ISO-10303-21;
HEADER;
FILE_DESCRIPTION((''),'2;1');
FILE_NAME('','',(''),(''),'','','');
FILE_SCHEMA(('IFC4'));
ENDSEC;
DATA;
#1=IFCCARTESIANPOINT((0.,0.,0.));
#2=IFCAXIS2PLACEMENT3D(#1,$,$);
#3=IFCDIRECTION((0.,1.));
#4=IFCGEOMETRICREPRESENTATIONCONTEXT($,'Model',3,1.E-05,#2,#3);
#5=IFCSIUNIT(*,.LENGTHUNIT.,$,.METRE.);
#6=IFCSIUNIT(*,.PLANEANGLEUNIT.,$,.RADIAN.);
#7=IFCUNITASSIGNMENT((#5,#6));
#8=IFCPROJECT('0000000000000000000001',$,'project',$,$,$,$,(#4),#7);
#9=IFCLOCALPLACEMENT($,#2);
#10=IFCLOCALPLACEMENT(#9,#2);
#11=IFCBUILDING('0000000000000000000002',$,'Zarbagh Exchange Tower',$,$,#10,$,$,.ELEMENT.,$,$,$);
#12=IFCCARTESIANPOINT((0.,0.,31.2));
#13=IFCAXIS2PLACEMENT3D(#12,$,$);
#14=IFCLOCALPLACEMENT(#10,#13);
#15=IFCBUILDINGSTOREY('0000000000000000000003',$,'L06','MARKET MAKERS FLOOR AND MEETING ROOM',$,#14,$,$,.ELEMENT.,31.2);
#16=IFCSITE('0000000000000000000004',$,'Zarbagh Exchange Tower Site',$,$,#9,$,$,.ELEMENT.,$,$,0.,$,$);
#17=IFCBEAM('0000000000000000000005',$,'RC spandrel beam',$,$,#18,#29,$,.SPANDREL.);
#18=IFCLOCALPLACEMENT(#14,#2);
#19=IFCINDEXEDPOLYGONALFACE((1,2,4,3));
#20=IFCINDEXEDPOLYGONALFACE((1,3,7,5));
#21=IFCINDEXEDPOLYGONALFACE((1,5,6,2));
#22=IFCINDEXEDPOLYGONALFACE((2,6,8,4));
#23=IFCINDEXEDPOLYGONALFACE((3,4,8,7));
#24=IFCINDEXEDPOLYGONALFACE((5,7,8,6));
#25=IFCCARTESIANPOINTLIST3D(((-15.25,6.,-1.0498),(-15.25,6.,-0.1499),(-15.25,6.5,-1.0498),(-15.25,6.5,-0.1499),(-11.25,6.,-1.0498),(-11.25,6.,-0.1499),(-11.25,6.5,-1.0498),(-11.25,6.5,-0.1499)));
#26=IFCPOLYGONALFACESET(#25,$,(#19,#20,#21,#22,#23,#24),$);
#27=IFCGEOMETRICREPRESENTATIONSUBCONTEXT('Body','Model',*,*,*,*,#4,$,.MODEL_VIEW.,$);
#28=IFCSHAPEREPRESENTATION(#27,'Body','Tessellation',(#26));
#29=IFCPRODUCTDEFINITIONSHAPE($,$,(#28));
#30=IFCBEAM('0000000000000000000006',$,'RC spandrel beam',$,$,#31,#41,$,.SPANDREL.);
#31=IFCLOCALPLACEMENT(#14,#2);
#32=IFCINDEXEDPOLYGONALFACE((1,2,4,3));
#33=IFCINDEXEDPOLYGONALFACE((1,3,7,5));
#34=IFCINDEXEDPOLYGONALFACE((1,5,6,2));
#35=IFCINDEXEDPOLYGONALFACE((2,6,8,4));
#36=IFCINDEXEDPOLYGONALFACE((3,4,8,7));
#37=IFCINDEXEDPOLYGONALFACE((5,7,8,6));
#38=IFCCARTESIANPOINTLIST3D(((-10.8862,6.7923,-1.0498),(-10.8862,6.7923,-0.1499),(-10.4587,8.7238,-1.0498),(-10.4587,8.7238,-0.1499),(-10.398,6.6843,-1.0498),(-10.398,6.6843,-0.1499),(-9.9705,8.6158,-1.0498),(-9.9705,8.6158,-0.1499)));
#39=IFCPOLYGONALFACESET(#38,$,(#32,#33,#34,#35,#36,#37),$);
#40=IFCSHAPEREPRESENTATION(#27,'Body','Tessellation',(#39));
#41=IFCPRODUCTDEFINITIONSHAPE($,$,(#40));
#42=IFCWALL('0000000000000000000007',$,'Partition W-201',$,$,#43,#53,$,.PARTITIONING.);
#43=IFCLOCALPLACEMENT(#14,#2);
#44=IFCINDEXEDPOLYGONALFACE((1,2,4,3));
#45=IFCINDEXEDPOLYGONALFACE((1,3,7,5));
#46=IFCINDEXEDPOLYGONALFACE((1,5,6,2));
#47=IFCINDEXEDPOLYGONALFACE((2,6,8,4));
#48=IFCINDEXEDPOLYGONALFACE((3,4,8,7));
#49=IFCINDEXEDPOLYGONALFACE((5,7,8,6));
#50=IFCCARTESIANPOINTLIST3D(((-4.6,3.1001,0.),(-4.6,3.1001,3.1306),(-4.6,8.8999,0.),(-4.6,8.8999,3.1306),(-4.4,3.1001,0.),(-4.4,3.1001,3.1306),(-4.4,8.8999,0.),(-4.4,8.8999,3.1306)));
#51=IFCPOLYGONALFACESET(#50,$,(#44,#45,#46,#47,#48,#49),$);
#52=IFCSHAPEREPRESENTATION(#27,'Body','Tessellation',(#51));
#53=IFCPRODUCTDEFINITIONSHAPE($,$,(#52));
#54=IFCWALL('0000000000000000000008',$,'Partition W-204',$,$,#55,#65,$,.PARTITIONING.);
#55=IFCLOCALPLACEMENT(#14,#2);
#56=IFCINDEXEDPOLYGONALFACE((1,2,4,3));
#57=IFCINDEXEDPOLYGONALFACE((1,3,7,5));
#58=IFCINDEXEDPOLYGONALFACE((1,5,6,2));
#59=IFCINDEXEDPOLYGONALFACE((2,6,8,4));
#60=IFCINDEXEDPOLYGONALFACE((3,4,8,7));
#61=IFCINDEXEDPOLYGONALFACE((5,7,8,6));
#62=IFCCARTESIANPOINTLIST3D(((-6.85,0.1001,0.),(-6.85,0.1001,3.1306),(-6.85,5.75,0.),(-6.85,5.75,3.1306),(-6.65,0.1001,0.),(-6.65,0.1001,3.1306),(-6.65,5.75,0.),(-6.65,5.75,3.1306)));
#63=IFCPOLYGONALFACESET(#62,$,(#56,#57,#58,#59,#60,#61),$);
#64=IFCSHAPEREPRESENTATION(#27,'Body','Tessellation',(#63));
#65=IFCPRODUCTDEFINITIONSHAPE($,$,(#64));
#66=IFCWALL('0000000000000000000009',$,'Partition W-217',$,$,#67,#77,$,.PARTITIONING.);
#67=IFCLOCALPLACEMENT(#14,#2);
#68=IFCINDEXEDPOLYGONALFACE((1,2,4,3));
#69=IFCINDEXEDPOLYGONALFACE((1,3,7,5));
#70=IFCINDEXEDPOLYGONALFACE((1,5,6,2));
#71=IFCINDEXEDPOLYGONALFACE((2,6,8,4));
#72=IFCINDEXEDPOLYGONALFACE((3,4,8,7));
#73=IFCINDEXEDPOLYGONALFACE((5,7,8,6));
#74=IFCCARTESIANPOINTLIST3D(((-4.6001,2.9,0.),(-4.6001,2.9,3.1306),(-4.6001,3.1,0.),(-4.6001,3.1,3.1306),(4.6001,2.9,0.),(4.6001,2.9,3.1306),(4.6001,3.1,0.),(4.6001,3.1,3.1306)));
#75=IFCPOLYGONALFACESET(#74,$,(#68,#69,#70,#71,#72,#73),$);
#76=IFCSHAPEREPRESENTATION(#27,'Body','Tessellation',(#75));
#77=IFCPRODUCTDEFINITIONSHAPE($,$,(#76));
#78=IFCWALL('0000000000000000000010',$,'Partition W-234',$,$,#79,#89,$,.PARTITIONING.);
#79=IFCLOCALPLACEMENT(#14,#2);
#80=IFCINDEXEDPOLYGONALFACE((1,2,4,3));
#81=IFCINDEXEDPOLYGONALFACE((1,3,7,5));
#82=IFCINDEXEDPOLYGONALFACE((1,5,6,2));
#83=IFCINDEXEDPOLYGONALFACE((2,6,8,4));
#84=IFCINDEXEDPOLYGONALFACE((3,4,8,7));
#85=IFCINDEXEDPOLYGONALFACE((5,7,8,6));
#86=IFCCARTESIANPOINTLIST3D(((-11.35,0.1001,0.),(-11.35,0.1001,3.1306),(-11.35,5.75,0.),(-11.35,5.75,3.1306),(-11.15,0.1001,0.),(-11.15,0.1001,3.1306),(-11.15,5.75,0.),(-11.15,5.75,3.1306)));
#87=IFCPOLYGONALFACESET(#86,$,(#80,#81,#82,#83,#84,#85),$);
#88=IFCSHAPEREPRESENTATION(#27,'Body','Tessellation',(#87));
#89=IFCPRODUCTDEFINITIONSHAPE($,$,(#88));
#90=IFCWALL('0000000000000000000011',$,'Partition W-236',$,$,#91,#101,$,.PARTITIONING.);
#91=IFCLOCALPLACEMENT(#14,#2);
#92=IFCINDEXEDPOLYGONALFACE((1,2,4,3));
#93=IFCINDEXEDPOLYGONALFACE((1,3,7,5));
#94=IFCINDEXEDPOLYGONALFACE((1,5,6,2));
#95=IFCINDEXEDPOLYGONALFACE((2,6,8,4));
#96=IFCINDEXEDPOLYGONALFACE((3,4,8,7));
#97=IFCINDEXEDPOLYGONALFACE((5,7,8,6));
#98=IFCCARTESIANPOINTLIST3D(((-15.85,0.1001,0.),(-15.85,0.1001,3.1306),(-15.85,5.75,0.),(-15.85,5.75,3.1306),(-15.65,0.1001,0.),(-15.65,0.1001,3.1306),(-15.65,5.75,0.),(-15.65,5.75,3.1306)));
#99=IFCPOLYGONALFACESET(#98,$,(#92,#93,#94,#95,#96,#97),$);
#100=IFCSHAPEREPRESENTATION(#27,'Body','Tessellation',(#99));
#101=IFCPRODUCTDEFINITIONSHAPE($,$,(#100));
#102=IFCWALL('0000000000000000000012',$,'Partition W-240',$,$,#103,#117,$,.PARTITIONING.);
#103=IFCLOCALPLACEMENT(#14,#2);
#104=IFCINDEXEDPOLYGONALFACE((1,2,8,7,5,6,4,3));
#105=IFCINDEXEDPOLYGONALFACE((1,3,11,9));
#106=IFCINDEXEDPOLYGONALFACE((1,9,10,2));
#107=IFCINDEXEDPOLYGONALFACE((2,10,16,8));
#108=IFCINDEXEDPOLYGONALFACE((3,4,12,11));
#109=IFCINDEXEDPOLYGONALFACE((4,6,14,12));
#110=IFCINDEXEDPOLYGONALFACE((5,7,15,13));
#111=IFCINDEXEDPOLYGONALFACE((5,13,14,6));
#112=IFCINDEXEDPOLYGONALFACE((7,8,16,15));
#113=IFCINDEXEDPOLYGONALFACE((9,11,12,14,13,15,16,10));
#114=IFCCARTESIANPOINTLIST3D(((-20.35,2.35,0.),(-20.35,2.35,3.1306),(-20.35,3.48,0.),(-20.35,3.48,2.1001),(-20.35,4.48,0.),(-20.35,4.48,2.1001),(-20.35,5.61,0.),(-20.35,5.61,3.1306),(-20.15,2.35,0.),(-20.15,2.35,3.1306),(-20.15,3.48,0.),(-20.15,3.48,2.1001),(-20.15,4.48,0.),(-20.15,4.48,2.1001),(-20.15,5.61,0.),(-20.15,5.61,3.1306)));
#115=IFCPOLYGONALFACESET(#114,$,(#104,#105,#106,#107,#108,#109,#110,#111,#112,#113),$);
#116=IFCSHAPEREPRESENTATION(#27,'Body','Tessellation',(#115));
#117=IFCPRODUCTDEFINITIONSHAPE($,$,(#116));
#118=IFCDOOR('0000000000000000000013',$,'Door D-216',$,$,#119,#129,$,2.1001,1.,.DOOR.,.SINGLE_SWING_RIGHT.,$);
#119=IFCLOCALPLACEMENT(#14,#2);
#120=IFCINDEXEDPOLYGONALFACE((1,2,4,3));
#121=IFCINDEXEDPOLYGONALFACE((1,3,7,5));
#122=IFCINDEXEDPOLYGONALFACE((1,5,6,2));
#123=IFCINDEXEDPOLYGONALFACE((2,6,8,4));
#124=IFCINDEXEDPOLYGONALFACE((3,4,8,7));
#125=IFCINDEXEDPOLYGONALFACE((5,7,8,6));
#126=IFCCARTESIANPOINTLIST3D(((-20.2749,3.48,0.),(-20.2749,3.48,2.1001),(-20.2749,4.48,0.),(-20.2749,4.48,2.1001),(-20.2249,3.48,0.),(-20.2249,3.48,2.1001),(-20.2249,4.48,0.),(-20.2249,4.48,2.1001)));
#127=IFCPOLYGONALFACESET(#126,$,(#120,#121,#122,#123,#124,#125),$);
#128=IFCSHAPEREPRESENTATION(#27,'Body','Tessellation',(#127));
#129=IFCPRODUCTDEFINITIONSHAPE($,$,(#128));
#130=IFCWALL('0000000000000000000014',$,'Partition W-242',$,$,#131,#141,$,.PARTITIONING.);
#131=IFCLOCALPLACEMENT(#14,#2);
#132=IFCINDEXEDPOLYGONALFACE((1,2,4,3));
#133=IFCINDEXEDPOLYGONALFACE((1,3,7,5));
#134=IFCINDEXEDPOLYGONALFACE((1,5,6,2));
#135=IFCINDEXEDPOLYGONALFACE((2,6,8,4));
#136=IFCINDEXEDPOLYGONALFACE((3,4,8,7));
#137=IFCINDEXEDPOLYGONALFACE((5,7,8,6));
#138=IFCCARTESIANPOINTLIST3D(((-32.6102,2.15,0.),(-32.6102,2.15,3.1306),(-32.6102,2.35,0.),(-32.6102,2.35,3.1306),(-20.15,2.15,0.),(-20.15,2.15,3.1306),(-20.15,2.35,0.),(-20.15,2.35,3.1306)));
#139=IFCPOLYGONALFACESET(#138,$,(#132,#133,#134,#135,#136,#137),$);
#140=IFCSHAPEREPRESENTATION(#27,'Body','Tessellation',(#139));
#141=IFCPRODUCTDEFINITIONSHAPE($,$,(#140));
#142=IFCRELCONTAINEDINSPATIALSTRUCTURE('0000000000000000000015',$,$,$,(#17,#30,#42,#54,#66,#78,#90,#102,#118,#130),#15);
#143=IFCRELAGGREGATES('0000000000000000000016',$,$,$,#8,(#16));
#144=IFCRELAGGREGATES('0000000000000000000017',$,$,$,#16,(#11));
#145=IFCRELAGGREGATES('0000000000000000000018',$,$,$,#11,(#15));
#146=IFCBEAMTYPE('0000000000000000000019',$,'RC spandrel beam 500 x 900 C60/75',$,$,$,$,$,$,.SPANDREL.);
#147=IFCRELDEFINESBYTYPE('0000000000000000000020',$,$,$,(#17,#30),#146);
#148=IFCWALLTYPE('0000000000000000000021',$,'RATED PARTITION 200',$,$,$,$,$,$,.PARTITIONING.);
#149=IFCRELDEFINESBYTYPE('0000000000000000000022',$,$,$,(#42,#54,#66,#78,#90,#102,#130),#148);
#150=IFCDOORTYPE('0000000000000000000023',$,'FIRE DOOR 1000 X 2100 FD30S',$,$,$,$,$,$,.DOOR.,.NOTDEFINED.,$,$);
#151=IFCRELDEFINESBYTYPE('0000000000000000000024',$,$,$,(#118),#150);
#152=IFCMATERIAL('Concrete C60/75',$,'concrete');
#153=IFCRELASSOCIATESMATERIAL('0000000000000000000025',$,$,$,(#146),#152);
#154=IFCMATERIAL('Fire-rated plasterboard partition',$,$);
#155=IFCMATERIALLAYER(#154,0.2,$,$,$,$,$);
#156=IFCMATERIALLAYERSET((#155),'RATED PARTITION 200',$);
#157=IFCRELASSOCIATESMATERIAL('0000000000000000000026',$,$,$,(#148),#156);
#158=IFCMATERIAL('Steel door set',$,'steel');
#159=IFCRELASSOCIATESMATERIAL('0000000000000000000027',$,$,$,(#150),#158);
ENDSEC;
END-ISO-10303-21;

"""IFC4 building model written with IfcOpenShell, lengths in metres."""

from ifc_helpers import new_model, si_unit, direction, frame, frame_2d, origin, origin_2d, place, context, subcontext, project, spatial, rectangle, extrude, material, layer, layer_set, material_profile, profile_set, type_object, element, fill, save


model = new_model("IFC4")

# Units and contexts
model_context = context("Model", 3, precision=1e-05, world=origin(), true_north=direction((0.0, 1.0)))
body_context = subcontext(model_context, "Body", "Model", "MODEL_VIEW")
ifc_project = project(units=[si_unit("LENGTHUNIT", "METRE"), si_unit("PLANEANGLEUNIT", "RADIAN")], contexts=[model_context])

# Site, building, storey
site_placement = place(None, origin())
site = spatial("IfcSite", under=ifc_project, at=site_placement, Name="Zarbagh Exchange Tower Site", CompositionType="ELEMENT", RefElevation=0.0)
building_placement = place(site_placement, origin())
building = spatial("IfcBuilding", under=site, at=building_placement, Name="Zarbagh Exchange Tower", CompositionType="ELEMENT")
storey_placement = place(building_placement, frame((0.0, 0.0, 31.2)))
storey = spatial("IfcBuildingStorey", under=building, at=storey_placement, Name="L06", Description="MARKET MAKERS FLOOR AND MEETING ROOM", CompositionType="ELEMENT", Elevation=31.2)

# Shared definitions
ifc_material_1 = material(Name="Concrete C60/75", Category="concrete")

# Beams
ifc_material_profile_1 = material_profile(ifc_material_1, rectangle(XDim=0.5, YDim=0.8999, at=origin_2d()), Name="RC spandrel beam 500 x 900 C60/75")
ifc_profile_set_1 = profile_set([ifc_material_profile_1], Name="Concrete C60/75")
beam_type_1 = type_object("IfcBeamType", Name="RC spandrel beam 500 x 900 C60/75", PredefinedType="SPANDREL", material=ifc_profile_set_1)
beam_1_placement = place(storey_placement, frame((-15.25, 6.25, -0.5999), z_axis=(1.0, 0.0, 0.0), x_axis=(0.0, 1.0, 0.0)))
element("IfcBeam", 1, at=beam_1_placement, inside=storey, type_object=beam_type_1, Name="RC spandrel beam", PredefinedType="SPANDREL", context=body_context, shape_type="SweptSolid", body=[
    extrude(rectangle(XDim=0.5, YDim=0.8999, at=origin_2d()), origin(), (0.0, 0.0, 1.0), 4.0),
])
beam_2_placement = place(storey_placement, frame((-10.6421, 6.7383, -0.5999), z_axis=(0.216081, 0.976375, 0.0), x_axis=(-0.976375, 0.216081, 0.0)))
element("IfcBeam", 2, at=beam_2_placement, inside=storey, type_object=beam_type_1, Name="RC spandrel beam", PredefinedType="SPANDREL", context=body_context, shape_type="SweptSolid", body=[
    extrude(rectangle(XDim=0.5, YDim=0.8999, at=origin_2d()), origin(), (0.0, 0.0, 1.0), 1.9783),
])

# Walls
ifc_material_2 = material(Name="Fire-rated plasterboard partition")
ifc_layer = layer(ifc_material_2, 0.2)
ifc_layer_set = layer_set([ifc_layer], Name="RATED PARTITION 200")
wall_type = type_object("IfcWallType", Name="RATED PARTITION 200", PredefinedType="PARTITIONING", material=ifc_layer_set)
wall_1_placement = place(storey_placement, frame((-4.5, 3.1001, 0.0), z_axis=(0.0, 0.0, 1.0), x_axis=(0.0, 1.0, 0.0)))
element("IfcWall", 3, at=wall_1_placement, inside=storey, type_object=wall_type, Name="Partition W-201", PredefinedType="PARTITIONING", context=body_context, shape_type="SweptSolid", body=[
    extrude(rectangle(XDim=5.7998, YDim=0.2, at=frame_2d((2.8999, 0.0))), origin(), (0.0, 0.0, 1.0), 3.1306),
])
wall_2_placement = place(storey_placement, frame((-6.75, 0.1001, 0.0), z_axis=(0.0, 0.0, 1.0), x_axis=(0.0, 1.0, 0.0)))
element("IfcWall", 4, at=wall_2_placement, inside=storey, type_object=wall_type, Name="Partition W-204", PredefinedType="PARTITIONING", context=body_context, shape_type="SweptSolid", body=[
    extrude(rectangle(XDim=5.6499, YDim=0.2, at=frame_2d((2.825, 0.0))), origin(), (0.0, 0.0, 1.0), 3.1306),
])
wall_3_placement = place(storey_placement, frame((-4.6001, 3.0, 0.0), z_axis=(0.0, 0.0, 1.0), x_axis=(1.0, 0.0, 0.0)))
element("IfcWall", 5, at=wall_3_placement, inside=storey, type_object=wall_type, Name="Partition W-217", PredefinedType="PARTITIONING", context=body_context, shape_type="SweptSolid", body=[
    extrude(rectangle(XDim=9.2002, YDim=0.2, at=frame_2d((4.6001, 0.0))), origin(), (0.0, 0.0, 1.0), 3.1306),
])
for number, where, z_axis, x_axis, name in (
    (6, (-11.25, 0.1001, 0.0), (0.0, 0.0, 1.0), (0.0, 1.0, 0.0), "Partition W-234"),
    (7, (-15.75, 0.1001, 0.0), (0.0, 0.0, 1.0), (0.0, 1.0, 0.0), "Partition W-236"),
):
    element("IfcWall", number, at=place(storey_placement, frame(where, z_axis=z_axis, x_axis=x_axis)), inside=storey, type_object=wall_type, Name=name, PredefinedType="PARTITIONING", context=body_context, shape_type="SweptSolid", body=[
        extrude(rectangle(XDim=5.6499, YDim=0.2, at=frame_2d((2.825, 0.0))), origin(), (0.0, 0.0, 1.0), 3.1306),
    ])

# Wall, opening, door
wall_4_placement = place(storey_placement, frame((-20.25, 2.3501, 0.0), z_axis=(0.0, 0.0, 1.0), x_axis=(0.0, 1.0, 0.0)))
wall_4 = element("IfcWall", 8, at=wall_4_placement, inside=storey, type_object=wall_type, Name="Partition W-240", PredefinedType="PARTITIONING", context=body_context, shape_type="SweptSolid", body=[
    extrude(rectangle(XDim=3.26, YDim=0.2, at=frame_2d((1.6299, 0.0))), origin(), (0.0, 0.0, 1.0), 3.1306),
])
opening_placement = place(wall_4_placement, frame((1.1299, 0.0, 0.0)))
opening = element("IfcOpeningElement", 9, at=opening_placement, cuts=wall_4, PredefinedType="OPENING", context=body_context, shape_type="SweptSolid", body=[
    extrude(rectangle(XDim=1.0, YDim=2.1001, at=frame_2d((0.5, 1.05))), frame((0.0, 0.1099, 0.0), z_axis=(0.0, -1.0, 0.0), x_axis=(1.0, 0.0, 0.0)), (0.0, 0.0, 1.0), 0.22),
])
ifc_material_3 = material(Name="Steel door set", Category="steel")
door_type = type_object("IfcDoorType", Name="FIRE DOOR 1000 X 2100 FD30S", OperationType="NOTDEFINED", PredefinedType="DOOR", material=ifc_material_3)
door_placement = place(opening_placement, origin())
door = element("IfcDoor", 10, at=door_placement, inside=storey, type_object=door_type, Name="Door D-216", OperationType="SINGLE_SWING_RIGHT", OverallHeight=2.1001, OverallWidth=1.0, PredefinedType="DOOR", context=body_context, shape_type="SweptSolid", body=[
    extrude(rectangle(XDim=1.0, YDim=2.1001, at=frame_2d((0.5, 1.05))), frame((0.0, 0.0249, 0.0), z_axis=(0.0, -1.0, 0.0), x_axis=(1.0, 0.0, 0.0)), (0.0, 0.0, 1.0), 0.05),
])
fill(opening, door)

# Wall
wall_5_placement = place(storey_placement, frame((-32.6101, 2.25, 0.0), z_axis=(0.0, 0.0, 1.0), x_axis=(1.0, 0.0, 0.0)))
element("IfcWall", 11, at=wall_5_placement, inside=storey, type_object=wall_type, Name="Partition W-242", PredefinedType="PARTITIONING", context=body_context, shape_type="SweptSolid", body=[
    extrude(rectangle(XDim=12.4602, YDim=0.2, at=frame_2d((6.23, 0.0))), origin(), (0.0, 0.0, 1.0), 3.1306),
])

save(model, "model.ifc")
